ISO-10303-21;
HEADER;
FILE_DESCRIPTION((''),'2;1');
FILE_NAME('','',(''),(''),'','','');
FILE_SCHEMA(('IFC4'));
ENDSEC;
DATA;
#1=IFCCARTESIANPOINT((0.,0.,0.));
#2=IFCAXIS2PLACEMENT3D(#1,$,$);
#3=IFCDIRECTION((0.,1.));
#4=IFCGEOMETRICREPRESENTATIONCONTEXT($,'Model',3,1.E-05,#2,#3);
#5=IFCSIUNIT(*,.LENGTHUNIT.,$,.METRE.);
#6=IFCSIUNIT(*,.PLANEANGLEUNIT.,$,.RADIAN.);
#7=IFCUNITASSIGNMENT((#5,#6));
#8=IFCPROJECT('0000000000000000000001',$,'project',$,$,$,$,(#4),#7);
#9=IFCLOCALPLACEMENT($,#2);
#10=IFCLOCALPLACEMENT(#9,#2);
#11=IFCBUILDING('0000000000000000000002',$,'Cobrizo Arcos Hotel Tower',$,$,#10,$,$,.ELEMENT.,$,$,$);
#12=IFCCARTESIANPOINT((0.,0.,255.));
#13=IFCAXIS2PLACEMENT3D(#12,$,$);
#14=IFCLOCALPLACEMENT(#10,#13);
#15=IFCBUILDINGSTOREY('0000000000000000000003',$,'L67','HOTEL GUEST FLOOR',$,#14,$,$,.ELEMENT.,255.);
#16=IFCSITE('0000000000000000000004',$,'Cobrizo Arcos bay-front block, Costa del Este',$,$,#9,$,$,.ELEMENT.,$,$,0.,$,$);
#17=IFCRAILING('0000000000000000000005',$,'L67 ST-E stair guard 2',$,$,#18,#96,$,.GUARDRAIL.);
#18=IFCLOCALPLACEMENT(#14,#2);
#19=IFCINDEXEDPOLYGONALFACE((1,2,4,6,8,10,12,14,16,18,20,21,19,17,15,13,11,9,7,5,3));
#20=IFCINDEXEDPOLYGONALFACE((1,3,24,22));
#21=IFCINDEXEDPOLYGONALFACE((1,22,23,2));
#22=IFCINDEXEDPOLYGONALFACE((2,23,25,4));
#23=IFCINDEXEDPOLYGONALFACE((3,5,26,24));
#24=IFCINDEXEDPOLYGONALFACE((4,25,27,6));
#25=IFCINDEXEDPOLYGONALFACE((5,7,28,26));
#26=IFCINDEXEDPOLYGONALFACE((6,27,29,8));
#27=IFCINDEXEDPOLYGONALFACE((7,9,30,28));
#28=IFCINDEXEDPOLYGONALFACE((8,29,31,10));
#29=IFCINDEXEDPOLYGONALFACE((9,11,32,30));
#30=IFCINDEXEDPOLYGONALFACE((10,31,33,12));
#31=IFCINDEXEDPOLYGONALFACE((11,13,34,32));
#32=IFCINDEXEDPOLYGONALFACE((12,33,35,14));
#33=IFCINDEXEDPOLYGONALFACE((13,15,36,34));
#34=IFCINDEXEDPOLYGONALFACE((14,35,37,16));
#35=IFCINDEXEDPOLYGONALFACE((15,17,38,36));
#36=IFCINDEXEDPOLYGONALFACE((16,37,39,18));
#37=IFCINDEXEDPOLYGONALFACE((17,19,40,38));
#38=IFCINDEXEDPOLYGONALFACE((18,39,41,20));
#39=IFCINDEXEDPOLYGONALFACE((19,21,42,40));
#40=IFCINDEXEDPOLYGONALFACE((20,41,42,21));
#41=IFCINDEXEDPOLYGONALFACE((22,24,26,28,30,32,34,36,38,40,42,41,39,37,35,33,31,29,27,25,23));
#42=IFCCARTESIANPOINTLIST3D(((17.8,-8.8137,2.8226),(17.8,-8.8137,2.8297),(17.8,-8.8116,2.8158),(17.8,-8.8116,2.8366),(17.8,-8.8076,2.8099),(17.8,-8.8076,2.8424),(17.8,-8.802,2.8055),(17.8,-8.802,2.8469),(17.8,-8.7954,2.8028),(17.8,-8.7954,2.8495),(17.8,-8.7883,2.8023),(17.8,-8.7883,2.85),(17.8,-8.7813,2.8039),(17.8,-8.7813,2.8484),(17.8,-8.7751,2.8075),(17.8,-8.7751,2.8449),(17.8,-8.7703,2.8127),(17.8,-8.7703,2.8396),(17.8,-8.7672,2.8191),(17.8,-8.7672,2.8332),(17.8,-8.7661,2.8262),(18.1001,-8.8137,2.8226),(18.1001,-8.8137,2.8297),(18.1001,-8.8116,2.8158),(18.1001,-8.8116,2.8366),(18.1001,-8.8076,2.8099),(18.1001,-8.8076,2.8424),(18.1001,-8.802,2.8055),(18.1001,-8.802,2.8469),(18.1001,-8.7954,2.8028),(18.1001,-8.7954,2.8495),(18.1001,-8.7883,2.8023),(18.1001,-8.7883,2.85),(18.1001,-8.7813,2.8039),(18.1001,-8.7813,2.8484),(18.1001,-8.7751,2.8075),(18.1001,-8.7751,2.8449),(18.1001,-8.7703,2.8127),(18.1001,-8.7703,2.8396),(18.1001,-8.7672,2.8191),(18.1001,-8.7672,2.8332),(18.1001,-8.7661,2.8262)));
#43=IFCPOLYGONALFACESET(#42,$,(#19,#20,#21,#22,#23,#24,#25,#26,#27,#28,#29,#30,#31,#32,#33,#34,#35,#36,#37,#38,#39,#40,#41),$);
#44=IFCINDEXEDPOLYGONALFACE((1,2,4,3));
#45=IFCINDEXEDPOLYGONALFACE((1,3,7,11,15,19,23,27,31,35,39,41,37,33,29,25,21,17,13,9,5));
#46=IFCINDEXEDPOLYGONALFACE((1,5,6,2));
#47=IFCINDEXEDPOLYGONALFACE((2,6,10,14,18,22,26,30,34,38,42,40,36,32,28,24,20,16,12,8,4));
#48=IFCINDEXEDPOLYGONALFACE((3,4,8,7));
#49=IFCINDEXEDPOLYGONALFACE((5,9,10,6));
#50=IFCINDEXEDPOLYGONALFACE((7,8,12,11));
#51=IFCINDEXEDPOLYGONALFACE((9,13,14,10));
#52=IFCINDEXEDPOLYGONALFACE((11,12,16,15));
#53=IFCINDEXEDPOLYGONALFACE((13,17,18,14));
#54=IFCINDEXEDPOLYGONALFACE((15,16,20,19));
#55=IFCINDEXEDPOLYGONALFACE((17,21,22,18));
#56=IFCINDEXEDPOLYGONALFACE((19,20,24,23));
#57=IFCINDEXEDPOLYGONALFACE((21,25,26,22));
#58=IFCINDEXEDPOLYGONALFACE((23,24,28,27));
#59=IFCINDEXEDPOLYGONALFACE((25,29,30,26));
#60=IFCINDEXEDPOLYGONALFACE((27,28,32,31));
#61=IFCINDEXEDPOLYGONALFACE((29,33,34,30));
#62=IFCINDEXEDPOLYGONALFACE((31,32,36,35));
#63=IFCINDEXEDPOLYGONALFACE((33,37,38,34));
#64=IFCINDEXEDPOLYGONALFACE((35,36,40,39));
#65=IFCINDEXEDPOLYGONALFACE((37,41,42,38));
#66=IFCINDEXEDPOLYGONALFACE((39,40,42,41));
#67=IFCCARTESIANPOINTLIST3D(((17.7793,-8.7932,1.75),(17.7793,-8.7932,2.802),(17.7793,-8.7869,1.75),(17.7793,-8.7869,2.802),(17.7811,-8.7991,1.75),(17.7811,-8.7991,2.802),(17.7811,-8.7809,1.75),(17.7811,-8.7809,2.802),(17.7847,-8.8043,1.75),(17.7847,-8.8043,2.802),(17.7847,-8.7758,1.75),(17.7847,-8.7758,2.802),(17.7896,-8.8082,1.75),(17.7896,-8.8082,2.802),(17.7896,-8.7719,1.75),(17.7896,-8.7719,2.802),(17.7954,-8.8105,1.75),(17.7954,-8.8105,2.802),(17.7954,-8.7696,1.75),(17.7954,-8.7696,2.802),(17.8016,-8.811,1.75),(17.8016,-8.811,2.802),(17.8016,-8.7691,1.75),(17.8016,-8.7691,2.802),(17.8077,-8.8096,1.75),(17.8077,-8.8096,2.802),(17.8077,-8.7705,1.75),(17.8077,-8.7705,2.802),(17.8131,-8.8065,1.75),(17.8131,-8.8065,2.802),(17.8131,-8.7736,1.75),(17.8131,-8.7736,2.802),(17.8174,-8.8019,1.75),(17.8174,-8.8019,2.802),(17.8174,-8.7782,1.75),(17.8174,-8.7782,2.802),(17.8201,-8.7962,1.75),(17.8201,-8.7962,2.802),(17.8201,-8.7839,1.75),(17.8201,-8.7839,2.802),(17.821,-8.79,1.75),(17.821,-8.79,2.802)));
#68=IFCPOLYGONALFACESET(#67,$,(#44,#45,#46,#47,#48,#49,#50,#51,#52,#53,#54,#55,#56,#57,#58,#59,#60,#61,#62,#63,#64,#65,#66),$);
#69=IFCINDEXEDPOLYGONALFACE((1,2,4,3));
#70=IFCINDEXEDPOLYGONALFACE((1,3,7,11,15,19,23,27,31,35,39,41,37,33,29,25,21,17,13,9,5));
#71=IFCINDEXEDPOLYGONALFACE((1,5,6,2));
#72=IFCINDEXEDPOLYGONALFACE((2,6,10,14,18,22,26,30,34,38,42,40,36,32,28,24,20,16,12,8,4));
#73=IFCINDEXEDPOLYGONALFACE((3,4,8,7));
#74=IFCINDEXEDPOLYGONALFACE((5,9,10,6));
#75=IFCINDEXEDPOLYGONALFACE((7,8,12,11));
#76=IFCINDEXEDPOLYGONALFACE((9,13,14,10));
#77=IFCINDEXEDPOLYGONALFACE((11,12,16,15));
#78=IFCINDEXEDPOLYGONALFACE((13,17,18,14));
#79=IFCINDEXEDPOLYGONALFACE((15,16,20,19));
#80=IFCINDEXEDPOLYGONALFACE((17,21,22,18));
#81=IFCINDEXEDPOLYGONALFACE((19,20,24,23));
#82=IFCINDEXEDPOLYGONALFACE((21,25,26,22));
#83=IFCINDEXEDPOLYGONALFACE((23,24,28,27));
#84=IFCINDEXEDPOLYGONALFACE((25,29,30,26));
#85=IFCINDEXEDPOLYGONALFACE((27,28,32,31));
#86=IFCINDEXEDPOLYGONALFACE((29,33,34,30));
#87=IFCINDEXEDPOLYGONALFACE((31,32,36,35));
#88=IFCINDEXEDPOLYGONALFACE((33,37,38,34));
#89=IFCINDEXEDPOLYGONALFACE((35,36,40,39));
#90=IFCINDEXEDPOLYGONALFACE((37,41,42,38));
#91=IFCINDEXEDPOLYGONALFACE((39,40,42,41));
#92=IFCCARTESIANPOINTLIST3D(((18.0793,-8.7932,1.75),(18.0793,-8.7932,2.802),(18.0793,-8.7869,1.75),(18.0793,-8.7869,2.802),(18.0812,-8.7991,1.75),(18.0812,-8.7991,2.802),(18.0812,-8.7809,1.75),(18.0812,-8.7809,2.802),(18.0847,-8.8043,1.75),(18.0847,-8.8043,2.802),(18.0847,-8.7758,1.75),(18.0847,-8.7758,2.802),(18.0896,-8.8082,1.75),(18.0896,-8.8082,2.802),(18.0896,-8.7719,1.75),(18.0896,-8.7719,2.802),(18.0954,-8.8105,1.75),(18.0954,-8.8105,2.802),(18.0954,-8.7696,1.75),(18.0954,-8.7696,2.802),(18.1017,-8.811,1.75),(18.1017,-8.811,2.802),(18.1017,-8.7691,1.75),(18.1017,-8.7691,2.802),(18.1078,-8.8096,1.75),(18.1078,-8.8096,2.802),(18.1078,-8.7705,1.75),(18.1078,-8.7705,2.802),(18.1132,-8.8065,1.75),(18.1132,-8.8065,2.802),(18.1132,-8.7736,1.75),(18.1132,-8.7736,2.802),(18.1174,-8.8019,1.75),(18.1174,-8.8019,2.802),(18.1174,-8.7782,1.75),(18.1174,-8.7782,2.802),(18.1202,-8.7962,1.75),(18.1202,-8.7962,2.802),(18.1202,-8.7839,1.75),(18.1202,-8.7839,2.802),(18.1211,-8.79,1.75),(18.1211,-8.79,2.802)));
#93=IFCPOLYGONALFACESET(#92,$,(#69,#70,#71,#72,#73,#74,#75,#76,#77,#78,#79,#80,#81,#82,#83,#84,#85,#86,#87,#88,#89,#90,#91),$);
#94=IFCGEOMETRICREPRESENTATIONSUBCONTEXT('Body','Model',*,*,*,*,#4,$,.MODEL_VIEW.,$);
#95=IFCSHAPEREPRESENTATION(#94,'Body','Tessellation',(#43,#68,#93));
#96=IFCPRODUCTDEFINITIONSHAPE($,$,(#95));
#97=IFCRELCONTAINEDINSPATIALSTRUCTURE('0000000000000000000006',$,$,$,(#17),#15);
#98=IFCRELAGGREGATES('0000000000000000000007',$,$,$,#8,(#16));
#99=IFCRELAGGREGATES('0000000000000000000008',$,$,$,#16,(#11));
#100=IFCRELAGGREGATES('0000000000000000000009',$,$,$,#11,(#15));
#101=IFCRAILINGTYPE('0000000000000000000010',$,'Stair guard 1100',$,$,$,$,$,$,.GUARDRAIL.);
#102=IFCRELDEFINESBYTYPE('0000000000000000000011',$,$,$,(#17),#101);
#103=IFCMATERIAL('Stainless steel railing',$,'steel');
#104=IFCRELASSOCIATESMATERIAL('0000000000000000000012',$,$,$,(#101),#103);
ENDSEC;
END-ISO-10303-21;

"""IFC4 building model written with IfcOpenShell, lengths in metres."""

from ifc_helpers import new_model, si_unit, direction, frame, origin, origin_2d, place, context, subcontext, project, spatial, circle, extrude, material, type_object, element, save


model = new_model("IFC4")

# Units and contexts
model_context = context("Model", 3, precision=1e-05, world=origin(), true_north=direction((0.0, 1.0)))
body_context = subcontext(model_context, "Body", "Model", "MODEL_VIEW")
ifc_project = project(units=[si_unit("LENGTHUNIT", "METRE"), si_unit("PLANEANGLEUNIT", "RADIAN")], contexts=[model_context])

# Site, building, storey
site_placement = place(None, origin())
site = spatial("IfcSite", under=ifc_project, at=site_placement, Name="Cobrizo Arcos bay-front block, Costa del Este", CompositionType="ELEMENT", RefElevation=0.0)
building_placement = place(site_placement, origin())
building = spatial("IfcBuilding", under=site, at=building_placement, Name="Cobrizo Arcos Hotel Tower", CompositionType="ELEMENT")
storey_placement = place(building_placement, frame((0.0, 0.0, 255.0)))
storey = spatial("IfcBuildingStorey", under=building, at=storey_placement, Name="L67", Description="HOTEL GUEST FLOOR", CompositionType="ELEMENT", Elevation=255.0)

# Railing
ifc_material_1 = material(Name="Stainless steel railing", Category="steel")
railing_type_1 = type_object("IfcRailingType", Name="Stair guard 1100", PredefinedType="GUARDRAIL", material=ifc_material_1)
railing_1_placement = place(storey_placement, frame((17.8, -8.79, 1.75)))
element("IfcRailing", 1, at=railing_1_placement, inside=storey, type_object=railing_type_1, Name="L67 ST-E stair guard 2", PredefinedType="GUARDRAIL", context=body_context, shape_type="SweptSolid", body=[
    extrude(circle(Radius=0.0239, at=origin_2d()), frame((0.0, 0.0, 1.0762), z_axis=(1.0, 0.0, 0.0), x_axis=(0.0, 1.0, 0.0)), (0.0, 0.0, 1.0), 0.3),
    extrude(circle(Radius=0.021, at=origin_2d()), origin(), (0.0, 0.0, 1.0), 1.052),
    extrude(circle(Radius=0.021, at=origin_2d()), frame((0.3, 0.0, 0.0)), (0.0, 0.0, 1.0), 1.052),
])

save(model, "model.ifc")
